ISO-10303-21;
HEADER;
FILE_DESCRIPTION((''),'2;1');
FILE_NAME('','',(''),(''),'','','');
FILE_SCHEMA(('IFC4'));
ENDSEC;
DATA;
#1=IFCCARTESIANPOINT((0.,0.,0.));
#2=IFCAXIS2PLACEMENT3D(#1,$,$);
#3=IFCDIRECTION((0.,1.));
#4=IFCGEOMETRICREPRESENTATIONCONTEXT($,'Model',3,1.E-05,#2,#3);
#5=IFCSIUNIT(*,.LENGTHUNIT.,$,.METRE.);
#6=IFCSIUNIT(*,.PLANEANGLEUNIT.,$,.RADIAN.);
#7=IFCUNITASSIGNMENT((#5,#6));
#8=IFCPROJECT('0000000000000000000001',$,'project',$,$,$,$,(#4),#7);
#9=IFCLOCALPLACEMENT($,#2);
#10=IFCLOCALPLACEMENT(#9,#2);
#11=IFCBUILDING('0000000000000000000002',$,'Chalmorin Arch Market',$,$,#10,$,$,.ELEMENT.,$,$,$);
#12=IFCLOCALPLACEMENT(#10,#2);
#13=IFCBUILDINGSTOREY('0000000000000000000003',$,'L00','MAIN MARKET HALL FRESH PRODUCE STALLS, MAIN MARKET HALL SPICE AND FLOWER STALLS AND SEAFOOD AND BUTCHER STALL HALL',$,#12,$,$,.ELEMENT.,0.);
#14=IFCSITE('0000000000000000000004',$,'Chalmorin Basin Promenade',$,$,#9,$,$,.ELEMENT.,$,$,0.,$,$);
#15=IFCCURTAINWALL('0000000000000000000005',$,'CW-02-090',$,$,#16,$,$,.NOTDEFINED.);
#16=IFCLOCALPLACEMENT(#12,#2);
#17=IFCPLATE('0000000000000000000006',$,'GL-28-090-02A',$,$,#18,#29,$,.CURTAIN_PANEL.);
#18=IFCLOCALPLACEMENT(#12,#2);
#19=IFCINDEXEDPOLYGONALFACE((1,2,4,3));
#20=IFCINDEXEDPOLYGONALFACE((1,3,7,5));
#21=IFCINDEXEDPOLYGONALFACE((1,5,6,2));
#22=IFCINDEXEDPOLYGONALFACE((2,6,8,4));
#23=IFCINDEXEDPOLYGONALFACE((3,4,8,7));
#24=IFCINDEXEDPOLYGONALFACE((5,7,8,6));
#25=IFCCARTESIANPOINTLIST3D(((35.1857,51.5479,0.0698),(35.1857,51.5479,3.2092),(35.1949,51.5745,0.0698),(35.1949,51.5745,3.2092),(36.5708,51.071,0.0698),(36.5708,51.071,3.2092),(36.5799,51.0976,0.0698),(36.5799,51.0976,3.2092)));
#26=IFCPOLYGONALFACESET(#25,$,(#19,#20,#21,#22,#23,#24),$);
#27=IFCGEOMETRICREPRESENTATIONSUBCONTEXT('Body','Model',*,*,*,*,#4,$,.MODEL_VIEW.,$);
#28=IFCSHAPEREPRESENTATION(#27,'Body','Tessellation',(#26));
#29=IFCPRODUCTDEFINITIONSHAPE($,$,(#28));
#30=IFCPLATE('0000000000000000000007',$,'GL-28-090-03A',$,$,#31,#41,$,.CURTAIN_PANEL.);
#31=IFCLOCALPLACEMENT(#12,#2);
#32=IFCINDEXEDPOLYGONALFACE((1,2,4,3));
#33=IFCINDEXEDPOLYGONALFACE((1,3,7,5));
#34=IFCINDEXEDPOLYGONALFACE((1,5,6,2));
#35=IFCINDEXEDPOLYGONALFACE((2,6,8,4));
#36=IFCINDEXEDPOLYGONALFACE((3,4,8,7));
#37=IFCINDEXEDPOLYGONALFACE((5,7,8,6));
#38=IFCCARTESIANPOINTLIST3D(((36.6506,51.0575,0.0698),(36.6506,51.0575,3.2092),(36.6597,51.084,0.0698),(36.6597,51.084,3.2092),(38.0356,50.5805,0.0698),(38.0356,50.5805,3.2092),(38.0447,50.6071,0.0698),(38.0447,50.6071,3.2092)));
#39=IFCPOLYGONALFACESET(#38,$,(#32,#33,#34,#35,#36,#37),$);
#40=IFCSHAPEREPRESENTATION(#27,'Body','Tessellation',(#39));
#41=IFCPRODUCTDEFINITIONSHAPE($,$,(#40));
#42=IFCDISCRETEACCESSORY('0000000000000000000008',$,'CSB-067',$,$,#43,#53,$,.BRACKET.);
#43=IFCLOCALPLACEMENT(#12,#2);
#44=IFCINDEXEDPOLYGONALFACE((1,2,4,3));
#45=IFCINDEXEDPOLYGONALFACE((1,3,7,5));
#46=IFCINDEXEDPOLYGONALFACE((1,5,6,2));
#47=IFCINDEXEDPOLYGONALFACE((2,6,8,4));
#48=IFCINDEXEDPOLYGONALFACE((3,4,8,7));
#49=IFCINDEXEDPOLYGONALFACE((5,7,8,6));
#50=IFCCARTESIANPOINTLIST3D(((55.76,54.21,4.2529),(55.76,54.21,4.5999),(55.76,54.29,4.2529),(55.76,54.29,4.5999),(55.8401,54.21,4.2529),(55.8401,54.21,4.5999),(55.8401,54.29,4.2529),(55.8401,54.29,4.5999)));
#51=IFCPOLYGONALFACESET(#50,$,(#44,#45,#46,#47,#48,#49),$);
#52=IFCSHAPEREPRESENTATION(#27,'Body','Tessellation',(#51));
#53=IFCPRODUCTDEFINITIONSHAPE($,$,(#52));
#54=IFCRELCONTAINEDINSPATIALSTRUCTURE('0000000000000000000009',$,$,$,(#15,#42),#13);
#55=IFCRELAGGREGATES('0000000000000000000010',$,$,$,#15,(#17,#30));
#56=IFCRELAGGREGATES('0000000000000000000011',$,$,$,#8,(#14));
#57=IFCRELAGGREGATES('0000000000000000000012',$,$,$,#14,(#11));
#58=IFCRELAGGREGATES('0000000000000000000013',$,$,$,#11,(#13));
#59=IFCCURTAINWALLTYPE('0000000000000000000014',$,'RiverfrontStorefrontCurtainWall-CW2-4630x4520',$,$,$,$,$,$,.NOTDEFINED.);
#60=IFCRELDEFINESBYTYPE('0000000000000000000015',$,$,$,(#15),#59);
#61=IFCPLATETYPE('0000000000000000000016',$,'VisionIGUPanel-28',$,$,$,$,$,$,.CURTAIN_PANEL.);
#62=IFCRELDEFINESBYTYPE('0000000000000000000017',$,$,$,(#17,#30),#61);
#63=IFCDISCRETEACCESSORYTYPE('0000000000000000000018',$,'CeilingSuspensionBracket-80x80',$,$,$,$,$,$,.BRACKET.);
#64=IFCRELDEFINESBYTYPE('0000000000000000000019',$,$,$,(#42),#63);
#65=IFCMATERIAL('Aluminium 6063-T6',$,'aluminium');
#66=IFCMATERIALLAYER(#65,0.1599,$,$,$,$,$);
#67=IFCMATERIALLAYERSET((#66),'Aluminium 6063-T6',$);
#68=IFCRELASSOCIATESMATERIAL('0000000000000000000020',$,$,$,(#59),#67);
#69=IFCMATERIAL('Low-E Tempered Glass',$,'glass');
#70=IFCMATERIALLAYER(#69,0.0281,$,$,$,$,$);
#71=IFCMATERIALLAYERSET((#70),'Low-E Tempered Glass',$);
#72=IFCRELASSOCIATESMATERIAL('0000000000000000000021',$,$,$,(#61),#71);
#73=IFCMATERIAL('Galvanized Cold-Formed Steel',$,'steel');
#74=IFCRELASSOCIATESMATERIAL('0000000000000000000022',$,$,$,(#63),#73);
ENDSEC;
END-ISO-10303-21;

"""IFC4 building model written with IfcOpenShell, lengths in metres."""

from ifc_helpers import new_model, si_unit, direction, frame, origin, origin_2d, place, context, subcontext, project, spatial, rectangle, extrude, material, layer, layer_set, type_object, element, aggregate, save


model = new_model("IFC4")

# Units and contexts
model_context = context("Model", 3, precision=1e-05, world=origin(), true_north=direction((0.0, 1.0)))
body_context = subcontext(model_context, "Body", "Model", "MODEL_VIEW")
ifc_project = project(units=[si_unit("LENGTHUNIT", "METRE"), si_unit("PLANEANGLEUNIT", "RADIAN")], contexts=[model_context])

# Site, building, storey
site_placement = place(None, origin())
site = spatial("IfcSite", under=ifc_project, at=site_placement, Name="Chalmorin Basin Promenade", CompositionType="ELEMENT", RefElevation=0.0)
building_placement = place(site_placement, origin())
building = spatial("IfcBuilding", under=site, at=building_placement, Name="Chalmorin Arch Market", CompositionType="ELEMENT")
storey_placement = place(building_placement, origin())
storey = spatial("IfcBuildingStorey", under=building, at=storey_placement, Name="L00", Description="MAIN MARKET HALL FRESH PRODUCE STALLS, MAIN MARKET HALL SPICE AND FLOWER STALLS AND SEAFOOD AND BUTCHER STALL HALL", CompositionType="ELEMENT", Elevation=0.0)

# Shared definitions
ifc_material_1 = material(Name="Aluminium 6063-T6", Category="aluminium")

# Curtain wall
ifc_layer_1 = layer(ifc_material_1, 0.1599)
ifc_layer_set_1 = layer_set([ifc_layer_1], Name="Aluminium 6063-T6")
curtain_wall_type_1 = type_object("IfcCurtainWallType", Name="RiverfrontStorefrontCurtainWall-CW2-4630x4520", PredefinedType="NOTDEFINED", material=ifc_layer_set_1)
curtain_wall_1_placement = place(storey_placement, origin())
curtain_wall_1 = element("IfcCurtainWall", 1, at=curtain_wall_1_placement, inside=storey, type_object=curtain_wall_type_1, Name="CW-02-090", PredefinedType="NOTDEFINED")

# Plates
ifc_material_2 = material(Name="Low-E Tempered Glass", Category="glass")
ifc_layer_2 = layer(ifc_material_2, 0.0281)
ifc_layer_set_2 = layer_set([ifc_layer_2], Name="Low-E Tempered Glass")
plate_type_1 = type_object("IfcPlateType", Name="VisionIGUPanel-28", PredefinedType="CURTAIN_PANEL", material=ifc_layer_set_2)
plate_1_placement = place(storey_placement, frame((35.8828, 51.3228, 0.0698), z_axis=(0.0, 0.0, 1.0), x_axis=(0.945519, -0.325568, 0.0)))
plate_1 = element("IfcPlate", 2, at=plate_1_placement, type_object=plate_type_1, Name="GL-28-090-02A", PredefinedType="CURTAIN_PANEL", context=body_context, shape_type="SweptSolid", body=[
    extrude(rectangle(XDim=1.4648, YDim=0.0281, at=origin_2d()), origin(), (0.0, 0.0, 1.0), 3.1394),
])
plate_2_placement = place(storey_placement, frame((37.3477, 50.8323, 0.0698), z_axis=(0.0, 0.0, 1.0), x_axis=(0.945519, -0.325568, 0.0)))
plate_2 = element("IfcPlate", 3, at=plate_2_placement, type_object=plate_type_1, Name="GL-28-090-03A", PredefinedType="CURTAIN_PANEL", context=body_context, shape_type="SweptSolid", body=[
    extrude(rectangle(XDim=1.4648, YDim=0.0281, at=origin_2d()), origin(), (0.0, 0.0, 1.0), 3.1394),
])
aggregate(curtain_wall_1, [plate_1, plate_2])

# Discrete accessory
ifc_material_3 = material(Name="Galvanized Cold-Formed Steel", Category="steel")
discrete_accessory_type = type_object("IfcDiscreteAccessoryType", Name="CeilingSuspensionBracket-80x80", PredefinedType="BRACKET", material=ifc_material_3)
discrete_accessory_placement = place(storey_placement, frame((55.8, 54.25, 4.2529), z_axis=(0.0, 0.0, 1.0), x_axis=(1.0, 0.0, 0.0)))
element("IfcDiscreteAccessory", 4, at=discrete_accessory_placement, inside=storey, type_object=discrete_accessory_type, Name="CSB-067", PredefinedType="BRACKET", context=body_context, shape_type="SweptSolid", body=[
    extrude(rectangle(XDim=0.0801, YDim=0.0801, at=origin_2d()), origin(), (0.0, 0.0, 1.0), 0.3469),
])

save(model, "model.ifc")
